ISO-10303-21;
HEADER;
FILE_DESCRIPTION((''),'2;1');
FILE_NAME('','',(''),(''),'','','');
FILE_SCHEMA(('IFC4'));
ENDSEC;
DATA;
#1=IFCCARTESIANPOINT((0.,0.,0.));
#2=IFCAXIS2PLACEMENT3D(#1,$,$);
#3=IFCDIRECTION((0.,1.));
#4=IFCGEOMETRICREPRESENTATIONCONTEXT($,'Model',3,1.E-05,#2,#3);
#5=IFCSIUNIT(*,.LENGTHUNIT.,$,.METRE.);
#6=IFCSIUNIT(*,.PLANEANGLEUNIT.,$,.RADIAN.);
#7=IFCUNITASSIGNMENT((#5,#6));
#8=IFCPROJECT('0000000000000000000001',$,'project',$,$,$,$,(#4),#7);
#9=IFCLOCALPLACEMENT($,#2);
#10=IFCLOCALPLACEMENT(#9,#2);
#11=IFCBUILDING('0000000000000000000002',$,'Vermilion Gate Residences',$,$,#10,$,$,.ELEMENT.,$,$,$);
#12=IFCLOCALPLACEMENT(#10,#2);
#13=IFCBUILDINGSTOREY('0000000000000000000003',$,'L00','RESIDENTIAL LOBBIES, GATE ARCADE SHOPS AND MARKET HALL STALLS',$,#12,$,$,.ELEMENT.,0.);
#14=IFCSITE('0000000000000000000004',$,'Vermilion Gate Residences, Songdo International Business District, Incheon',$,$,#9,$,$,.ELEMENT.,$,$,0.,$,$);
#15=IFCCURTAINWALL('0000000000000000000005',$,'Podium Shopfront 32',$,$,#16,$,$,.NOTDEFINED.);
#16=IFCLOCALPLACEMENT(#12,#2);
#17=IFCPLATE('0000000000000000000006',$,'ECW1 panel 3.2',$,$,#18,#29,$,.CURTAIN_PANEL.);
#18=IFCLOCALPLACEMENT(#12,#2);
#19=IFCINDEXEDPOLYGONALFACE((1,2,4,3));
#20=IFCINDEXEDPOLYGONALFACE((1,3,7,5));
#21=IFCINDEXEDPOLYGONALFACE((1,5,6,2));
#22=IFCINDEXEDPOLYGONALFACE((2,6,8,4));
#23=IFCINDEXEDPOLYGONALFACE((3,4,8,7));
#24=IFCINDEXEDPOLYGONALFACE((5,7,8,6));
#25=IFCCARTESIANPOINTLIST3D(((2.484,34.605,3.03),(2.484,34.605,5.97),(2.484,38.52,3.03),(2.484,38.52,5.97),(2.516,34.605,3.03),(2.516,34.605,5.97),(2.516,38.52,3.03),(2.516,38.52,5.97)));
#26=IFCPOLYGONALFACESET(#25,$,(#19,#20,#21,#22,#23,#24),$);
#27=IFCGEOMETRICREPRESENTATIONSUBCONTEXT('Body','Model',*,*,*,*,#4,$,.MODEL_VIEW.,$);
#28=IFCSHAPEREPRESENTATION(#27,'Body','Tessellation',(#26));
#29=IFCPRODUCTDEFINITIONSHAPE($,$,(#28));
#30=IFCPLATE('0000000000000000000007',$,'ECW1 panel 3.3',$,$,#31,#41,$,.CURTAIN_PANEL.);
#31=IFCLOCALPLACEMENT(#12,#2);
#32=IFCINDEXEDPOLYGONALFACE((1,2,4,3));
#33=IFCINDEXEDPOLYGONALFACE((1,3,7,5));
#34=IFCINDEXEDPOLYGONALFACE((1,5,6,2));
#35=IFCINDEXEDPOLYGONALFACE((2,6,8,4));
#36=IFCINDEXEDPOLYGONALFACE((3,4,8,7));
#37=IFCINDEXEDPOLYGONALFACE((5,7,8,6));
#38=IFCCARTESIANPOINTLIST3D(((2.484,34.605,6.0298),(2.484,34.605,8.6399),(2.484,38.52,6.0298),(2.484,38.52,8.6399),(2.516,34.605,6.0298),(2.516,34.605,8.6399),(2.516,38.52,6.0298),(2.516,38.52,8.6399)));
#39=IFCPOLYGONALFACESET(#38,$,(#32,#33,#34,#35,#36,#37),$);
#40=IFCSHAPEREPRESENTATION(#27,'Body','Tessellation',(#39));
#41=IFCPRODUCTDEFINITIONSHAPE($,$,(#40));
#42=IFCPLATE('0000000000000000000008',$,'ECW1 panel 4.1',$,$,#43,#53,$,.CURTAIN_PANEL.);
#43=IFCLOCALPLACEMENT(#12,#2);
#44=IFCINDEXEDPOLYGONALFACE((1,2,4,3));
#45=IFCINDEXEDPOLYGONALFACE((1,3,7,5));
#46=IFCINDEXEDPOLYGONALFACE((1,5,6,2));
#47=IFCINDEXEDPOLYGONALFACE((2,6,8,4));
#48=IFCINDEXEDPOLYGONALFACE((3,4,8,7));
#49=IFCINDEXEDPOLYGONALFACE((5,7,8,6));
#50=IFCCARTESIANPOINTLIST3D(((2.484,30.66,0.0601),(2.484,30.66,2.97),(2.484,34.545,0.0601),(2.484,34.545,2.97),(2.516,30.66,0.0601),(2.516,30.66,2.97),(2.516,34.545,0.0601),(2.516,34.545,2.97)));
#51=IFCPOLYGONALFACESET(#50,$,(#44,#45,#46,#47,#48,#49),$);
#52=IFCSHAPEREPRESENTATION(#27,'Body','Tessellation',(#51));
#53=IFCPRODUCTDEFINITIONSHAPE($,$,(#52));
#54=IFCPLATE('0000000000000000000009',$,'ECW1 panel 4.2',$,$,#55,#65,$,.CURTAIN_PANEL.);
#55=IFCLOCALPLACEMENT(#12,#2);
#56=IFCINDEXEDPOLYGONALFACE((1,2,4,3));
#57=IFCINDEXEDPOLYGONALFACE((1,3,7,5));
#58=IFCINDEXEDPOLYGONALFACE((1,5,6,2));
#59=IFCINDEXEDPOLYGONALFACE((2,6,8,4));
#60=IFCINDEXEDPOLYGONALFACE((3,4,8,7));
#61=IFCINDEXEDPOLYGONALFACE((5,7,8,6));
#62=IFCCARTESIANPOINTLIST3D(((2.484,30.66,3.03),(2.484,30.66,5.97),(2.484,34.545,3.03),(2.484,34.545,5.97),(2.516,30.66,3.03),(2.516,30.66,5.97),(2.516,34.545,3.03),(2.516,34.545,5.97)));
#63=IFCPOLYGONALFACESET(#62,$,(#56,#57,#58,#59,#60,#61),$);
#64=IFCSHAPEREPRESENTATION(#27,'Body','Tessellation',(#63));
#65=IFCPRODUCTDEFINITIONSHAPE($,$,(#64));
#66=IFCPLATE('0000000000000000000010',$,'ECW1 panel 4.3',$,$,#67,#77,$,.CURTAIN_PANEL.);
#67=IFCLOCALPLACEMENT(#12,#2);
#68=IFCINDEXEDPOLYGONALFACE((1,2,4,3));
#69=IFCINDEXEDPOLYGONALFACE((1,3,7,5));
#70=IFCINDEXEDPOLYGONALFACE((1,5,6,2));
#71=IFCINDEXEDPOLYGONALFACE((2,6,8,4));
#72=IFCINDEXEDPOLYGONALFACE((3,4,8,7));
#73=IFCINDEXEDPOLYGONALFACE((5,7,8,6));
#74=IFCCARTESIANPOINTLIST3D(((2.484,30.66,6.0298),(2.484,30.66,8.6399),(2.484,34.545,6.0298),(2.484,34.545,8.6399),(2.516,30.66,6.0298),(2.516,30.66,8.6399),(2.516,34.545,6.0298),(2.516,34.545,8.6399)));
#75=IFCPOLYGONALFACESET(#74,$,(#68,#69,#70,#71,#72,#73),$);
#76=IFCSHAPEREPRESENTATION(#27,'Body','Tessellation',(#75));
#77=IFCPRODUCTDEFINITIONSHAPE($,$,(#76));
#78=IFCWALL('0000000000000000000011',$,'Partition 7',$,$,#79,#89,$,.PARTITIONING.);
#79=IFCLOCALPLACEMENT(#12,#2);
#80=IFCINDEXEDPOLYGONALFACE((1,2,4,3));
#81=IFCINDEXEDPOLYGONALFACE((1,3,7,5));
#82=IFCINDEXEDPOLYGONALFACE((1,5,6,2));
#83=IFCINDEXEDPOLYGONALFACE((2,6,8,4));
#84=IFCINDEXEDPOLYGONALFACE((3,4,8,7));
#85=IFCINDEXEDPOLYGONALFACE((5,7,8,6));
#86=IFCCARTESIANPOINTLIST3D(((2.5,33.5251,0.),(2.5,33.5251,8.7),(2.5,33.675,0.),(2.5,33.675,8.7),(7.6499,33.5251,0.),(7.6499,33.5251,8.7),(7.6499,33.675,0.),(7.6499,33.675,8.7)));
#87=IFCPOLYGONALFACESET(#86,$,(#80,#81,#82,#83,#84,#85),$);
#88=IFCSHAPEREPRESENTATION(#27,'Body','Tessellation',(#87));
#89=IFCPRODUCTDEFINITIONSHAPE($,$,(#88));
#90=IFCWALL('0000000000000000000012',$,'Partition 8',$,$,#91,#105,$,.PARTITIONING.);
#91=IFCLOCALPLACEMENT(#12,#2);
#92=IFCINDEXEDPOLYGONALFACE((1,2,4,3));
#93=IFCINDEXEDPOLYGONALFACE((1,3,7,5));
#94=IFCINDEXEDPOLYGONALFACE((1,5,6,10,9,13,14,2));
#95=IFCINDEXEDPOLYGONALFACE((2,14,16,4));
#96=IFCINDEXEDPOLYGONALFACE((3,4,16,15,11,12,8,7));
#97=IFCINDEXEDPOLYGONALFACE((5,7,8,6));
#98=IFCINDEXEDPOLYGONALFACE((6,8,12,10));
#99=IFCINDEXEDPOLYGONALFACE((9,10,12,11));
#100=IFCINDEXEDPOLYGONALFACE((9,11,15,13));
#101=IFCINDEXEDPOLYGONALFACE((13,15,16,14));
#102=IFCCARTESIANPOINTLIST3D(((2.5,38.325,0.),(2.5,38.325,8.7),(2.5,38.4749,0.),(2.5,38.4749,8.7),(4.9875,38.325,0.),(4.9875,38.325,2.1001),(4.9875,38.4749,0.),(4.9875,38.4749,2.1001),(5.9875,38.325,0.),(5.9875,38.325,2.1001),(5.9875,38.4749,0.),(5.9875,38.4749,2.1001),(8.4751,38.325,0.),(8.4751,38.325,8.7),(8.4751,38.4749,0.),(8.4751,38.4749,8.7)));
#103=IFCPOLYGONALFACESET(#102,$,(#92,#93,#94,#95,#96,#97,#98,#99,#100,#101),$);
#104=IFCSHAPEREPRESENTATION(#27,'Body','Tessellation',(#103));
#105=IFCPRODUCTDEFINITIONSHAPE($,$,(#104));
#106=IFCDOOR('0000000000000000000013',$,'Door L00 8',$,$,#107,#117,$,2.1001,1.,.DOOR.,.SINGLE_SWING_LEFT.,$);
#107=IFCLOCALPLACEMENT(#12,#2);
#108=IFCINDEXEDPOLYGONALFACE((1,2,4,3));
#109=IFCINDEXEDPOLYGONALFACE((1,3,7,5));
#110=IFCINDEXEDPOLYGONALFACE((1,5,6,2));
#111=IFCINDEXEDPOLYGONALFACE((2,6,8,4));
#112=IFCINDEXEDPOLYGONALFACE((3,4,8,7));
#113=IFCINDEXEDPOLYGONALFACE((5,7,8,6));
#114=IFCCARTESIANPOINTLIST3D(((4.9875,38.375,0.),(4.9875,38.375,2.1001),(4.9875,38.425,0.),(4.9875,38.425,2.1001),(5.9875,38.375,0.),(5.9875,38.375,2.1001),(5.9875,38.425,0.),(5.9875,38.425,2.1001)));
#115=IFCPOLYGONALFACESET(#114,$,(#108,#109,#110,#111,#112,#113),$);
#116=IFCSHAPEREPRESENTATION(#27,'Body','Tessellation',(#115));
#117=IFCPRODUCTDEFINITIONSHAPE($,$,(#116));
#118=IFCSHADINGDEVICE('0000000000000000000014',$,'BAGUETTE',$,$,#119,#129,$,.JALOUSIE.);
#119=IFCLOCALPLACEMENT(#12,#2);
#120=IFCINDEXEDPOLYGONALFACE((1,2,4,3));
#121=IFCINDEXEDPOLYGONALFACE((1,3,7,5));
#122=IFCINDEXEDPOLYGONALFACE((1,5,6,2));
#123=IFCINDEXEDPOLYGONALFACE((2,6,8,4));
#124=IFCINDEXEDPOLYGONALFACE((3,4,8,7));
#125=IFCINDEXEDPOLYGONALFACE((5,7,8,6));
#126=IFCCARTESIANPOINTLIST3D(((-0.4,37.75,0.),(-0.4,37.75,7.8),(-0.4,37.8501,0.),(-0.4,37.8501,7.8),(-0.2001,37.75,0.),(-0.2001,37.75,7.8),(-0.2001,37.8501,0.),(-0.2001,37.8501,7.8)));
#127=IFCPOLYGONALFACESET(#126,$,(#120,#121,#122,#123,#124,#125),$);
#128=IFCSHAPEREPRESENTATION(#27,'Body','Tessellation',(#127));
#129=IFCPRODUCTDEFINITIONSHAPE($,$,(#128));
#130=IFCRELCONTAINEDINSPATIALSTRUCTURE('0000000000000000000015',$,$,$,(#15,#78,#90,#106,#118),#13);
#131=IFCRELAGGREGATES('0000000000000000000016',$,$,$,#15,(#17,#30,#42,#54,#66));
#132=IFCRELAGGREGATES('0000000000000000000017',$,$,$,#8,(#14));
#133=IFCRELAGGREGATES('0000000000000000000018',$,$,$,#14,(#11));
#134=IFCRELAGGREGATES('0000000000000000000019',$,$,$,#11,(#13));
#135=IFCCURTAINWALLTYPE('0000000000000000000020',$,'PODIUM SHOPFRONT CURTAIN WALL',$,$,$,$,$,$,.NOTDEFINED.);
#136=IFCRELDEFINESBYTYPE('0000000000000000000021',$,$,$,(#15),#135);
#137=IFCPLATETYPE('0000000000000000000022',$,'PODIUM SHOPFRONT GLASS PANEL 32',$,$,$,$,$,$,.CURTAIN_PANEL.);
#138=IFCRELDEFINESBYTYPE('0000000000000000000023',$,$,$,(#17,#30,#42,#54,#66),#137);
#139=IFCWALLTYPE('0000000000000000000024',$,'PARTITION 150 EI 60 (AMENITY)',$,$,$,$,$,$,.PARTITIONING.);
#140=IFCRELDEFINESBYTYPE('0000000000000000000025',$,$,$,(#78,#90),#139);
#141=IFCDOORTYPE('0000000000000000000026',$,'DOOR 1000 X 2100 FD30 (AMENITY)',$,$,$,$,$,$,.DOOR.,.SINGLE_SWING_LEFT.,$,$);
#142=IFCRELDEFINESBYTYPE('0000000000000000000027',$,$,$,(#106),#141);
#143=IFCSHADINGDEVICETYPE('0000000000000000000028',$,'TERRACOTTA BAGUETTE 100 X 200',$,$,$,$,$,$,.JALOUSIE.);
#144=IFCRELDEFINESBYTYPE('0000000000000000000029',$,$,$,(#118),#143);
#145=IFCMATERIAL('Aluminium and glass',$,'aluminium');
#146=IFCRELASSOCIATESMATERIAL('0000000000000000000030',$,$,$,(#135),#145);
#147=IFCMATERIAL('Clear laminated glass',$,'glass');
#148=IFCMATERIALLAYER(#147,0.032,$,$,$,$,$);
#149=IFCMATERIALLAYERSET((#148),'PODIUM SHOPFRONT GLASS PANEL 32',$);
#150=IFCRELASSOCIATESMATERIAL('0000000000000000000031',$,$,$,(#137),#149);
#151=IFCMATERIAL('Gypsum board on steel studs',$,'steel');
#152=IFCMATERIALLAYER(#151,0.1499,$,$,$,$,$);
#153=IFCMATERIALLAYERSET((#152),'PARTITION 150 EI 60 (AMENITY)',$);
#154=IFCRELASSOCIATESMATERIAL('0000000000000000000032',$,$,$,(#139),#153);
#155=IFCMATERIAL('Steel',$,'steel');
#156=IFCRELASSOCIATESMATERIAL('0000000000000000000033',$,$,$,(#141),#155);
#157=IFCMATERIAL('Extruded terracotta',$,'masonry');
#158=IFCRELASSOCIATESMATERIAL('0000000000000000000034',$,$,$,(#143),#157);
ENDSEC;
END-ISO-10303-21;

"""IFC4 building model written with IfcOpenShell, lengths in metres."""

from ifc_helpers import new_model, si_unit, direction, frame, frame_2d, origin, origin_2d, place, context, subcontext, project, spatial, rectangle, extrude, material, layer, layer_set, material_profile, profile_set, type_object, element, fill, aggregate, save


model = new_model("IFC4")

# Units and contexts
model_context = context("Model", 3, precision=1e-05, world=origin(), true_north=direction((0.0, 1.0)))
body_context = subcontext(model_context, "Body", "Model", "MODEL_VIEW")
ifc_project = project(units=[si_unit("LENGTHUNIT", "METRE"), si_unit("PLANEANGLEUNIT", "RADIAN")], contexts=[model_context])

# Site, building, storey
site_placement = place(None, origin())
site = spatial("IfcSite", under=ifc_project, at=site_placement, Name="Vermilion Gate Residences, Songdo International Business District, Incheon", CompositionType="ELEMENT", RefElevation=0.0)
building_placement = place(site_placement, origin())
building = spatial("IfcBuilding", under=site, at=building_placement, Name="Vermilion Gate Residences", CompositionType="ELEMENT")
storey_placement = place(building_placement, origin())
storey = spatial("IfcBuildingStorey", under=building, at=storey_placement, Name="L00", Description="RESIDENTIAL LOBBIES, GATE ARCADE SHOPS AND MARKET HALL STALLS", CompositionType="ELEMENT", Elevation=0.0)

# Curtain wall
ifc_material_1 = material(Name="Aluminium and glass", Category="aluminium")
curtain_wall_type = type_object("IfcCurtainWallType", Name="PODIUM SHOPFRONT CURTAIN WALL", PredefinedType="NOTDEFINED", material=ifc_material_1)
curtain_wall_placement = place(storey_placement, origin())
curtain_wall = element("IfcCurtainWall", 1, at=curtain_wall_placement, inside=storey, type_object=curtain_wall_type, Name="Podium Shopfront 32", PredefinedType="NOTDEFINED")

# Plates
ifc_material_2 = material(Name="Clear laminated glass", Category="glass")
ifc_layer_1 = layer(ifc_material_2, 0.032)
ifc_layer_set_1 = layer_set([ifc_layer_1], Name="PODIUM SHOPFRONT GLASS PANEL 32")
plate_type = type_object("IfcPlateType", Name="PODIUM SHOPFRONT GLASS PANEL 32", PredefinedType="CURTAIN_PANEL", material=ifc_layer_set_1)
plate_1_placement = place(storey_placement, frame((2.5, 36.5625, 3.03), z_axis=(0.0, 0.0, 1.0), x_axis=(0.0, -1.0, 0.0)))
plate_1 = element("IfcPlate", 2, at=plate_1_placement, type_object=plate_type, Name="ECW1 panel 3.2", PredefinedType="CURTAIN_PANEL", context=body_context, shape_type="SweptSolid", body=[
    extrude(rectangle(XDim=3.915, YDim=0.032, at=origin_2d()), origin(), (0.0, 0.0, 1.0), 2.9399),
])
plate_2_placement = place(storey_placement, frame((2.5, 36.5625, 6.0298), z_axis=(0.0, 0.0, 1.0), x_axis=(0.0, -1.0, 0.0)))
plate_2 = element("IfcPlate", 3, at=plate_2_placement, type_object=plate_type, Name="ECW1 panel 3.3", PredefinedType="CURTAIN_PANEL", context=body_context, shape_type="SweptSolid", body=[
    extrude(rectangle(XDim=3.915, YDim=0.032, at=origin_2d()), origin(), (0.0, 0.0, 1.0), 2.6101),
])
plate_3_placement = place(storey_placement, frame((2.5, 32.6025, 0.0601), z_axis=(0.0, 0.0, 1.0), x_axis=(0.0, -1.0, 0.0)))
plate_3 = element("IfcPlate", 4, at=plate_3_placement, type_object=plate_type, Name="ECW1 panel 4.1", PredefinedType="CURTAIN_PANEL", context=body_context, shape_type="SweptSolid", body=[
    extrude(rectangle(XDim=3.885, YDim=0.032, at=origin_2d()), origin(), (0.0, 0.0, 1.0), 2.9099),
])
plate_4_placement = place(storey_placement, frame((2.5, 32.6025, 3.03), z_axis=(0.0, 0.0, 1.0), x_axis=(0.0, -1.0, 0.0)))
plate_4 = element("IfcPlate", 5, at=plate_4_placement, type_object=plate_type, Name="ECW1 panel 4.2", PredefinedType="CURTAIN_PANEL", context=body_context, shape_type="SweptSolid", body=[
    extrude(rectangle(XDim=3.885, YDim=0.032, at=origin_2d()), origin(), (0.0, 0.0, 1.0), 2.9399),
])
plate_5_placement = place(storey_placement, frame((2.5, 32.6025, 6.0298), z_axis=(0.0, 0.0, 1.0), x_axis=(0.0, -1.0, 0.0)))
plate_5 = element("IfcPlate", 6, at=plate_5_placement, type_object=plate_type, Name="ECW1 panel 4.3", PredefinedType="CURTAIN_PANEL", context=body_context, shape_type="SweptSolid", body=[
    extrude(rectangle(XDim=3.885, YDim=0.032, at=origin_2d()), origin(), (0.0, 0.0, 1.0), 2.6101),
])
aggregate(curtain_wall, [plate_1, plate_2, plate_3, plate_4, plate_5])

# Wall
ifc_material_3 = material(Name="Gypsum board on steel studs", Category="steel")
ifc_layer_2 = layer(ifc_material_3, 0.1499)
ifc_layer_set_2 = layer_set([ifc_layer_2], Name="PARTITION 150 EI 60 (AMENITY)")
wall_type = type_object("IfcWallType", Name="PARTITION 150 EI 60 (AMENITY)", PredefinedType="PARTITIONING", material=ifc_layer_set_2)
wall_1_placement = place(storey_placement, frame((2.5, 33.6001, 0.0), z_axis=(0.0, 0.0, 1.0), x_axis=(1.0, 0.0, 0.0)))
element("IfcWall", 7, at=wall_1_placement, inside=storey, type_object=wall_type, Name="Partition 7", PredefinedType="PARTITIONING", context=body_context, shape_type="SweptSolid", body=[
    extrude(rectangle(XDim=5.1499, YDim=0.1499, at=frame_2d((2.575, 0.0))), origin(), (0.0, 0.0, 1.0), 8.7),
])

# Wall, opening, door
wall_2_placement = place(storey_placement, frame((2.5, 38.3999, 0.0), z_axis=(0.0, 0.0, 1.0), x_axis=(1.0, 0.0, 0.0)))
wall_2 = element("IfcWall", 8, at=wall_2_placement, inside=storey, type_object=wall_type, Name="Partition 8", PredefinedType="PARTITIONING", context=body_context, shape_type="SweptSolid", body=[
    extrude(rectangle(XDim=5.9751, YDim=0.1499, at=frame_2d((2.9875, 0.0))), origin(), (0.0, 0.0, 1.0), 8.7),
])
opening_placement = place(wall_2_placement, frame((2.4875, 0.0, 0.0)))
opening = element("IfcOpeningElement", 9, at=opening_placement, cuts=wall_2, PredefinedType="OPENING", context=body_context, shape_type="SweptSolid", body=[
    extrude(rectangle(XDim=1.0, YDim=2.1001, at=frame_2d((0.5, 1.05))), frame((0.0, 0.085, 0.0), z_axis=(0.0, -1.0, 0.0), x_axis=(1.0, 0.0, 0.0)), (0.0, 0.0, 1.0), 0.1699),
])
ifc_material_4 = material(Name="Steel", Category="steel")
door_type = type_object("IfcDoorType", Name="DOOR 1000 X 2100 FD30 (AMENITY)", OperationType="SINGLE_SWING_LEFT", PredefinedType="DOOR", material=ifc_material_4)
door_placement = place(opening_placement, frame((1.0, 0.0, 0.0), z_axis=(0.0, 0.0, 1.0), x_axis=(-1.0, 0.0, 0.0)))
door = element("IfcDoor", 10, at=door_placement, inside=storey, type_object=door_type, Name="Door L00 8", OperationType="SINGLE_SWING_LEFT", OverallHeight=2.1001, OverallWidth=1.0, PredefinedType="DOOR", context=body_context, shape_type="SweptSolid", body=[
    extrude(rectangle(XDim=1.0, YDim=2.1001, at=frame_2d((0.5, 1.05))), frame((0.0, 0.0249, 0.0), z_axis=(0.0, -1.0, 0.0), x_axis=(1.0, 0.0, 0.0)), (0.0, 0.0, 1.0), 0.05),
])
fill(opening, door)

# Shading device
ifc_material_5 = material(Name="Extruded terracotta", Category="masonry")
ifc_material_profile_1 = material_profile(ifc_material_5, rectangle(XDim=0.2, YDim=0.1001, at=origin_2d()), Name="BAGUETTE 100 X 200")
ifc_profile_set_1 = profile_set([ifc_material_profile_1], Name="Extruded terracotta")
shading_device_type = type_object("IfcShadingDeviceType", Name="TERRACOTTA BAGUETTE 100 X 200", PredefinedType="JALOUSIE", material=ifc_profile_set_1)
shading_device_placement = place(storey_placement, frame((-0.3, 37.8, 0.0), z_axis=(0.0, 0.0, 1.0), x_axis=(1.0, 0.0, 0.0)))
element("IfcShadingDevice", 11, at=shading_device_placement, inside=storey, type_object=shading_device_type, Name="BAGUETTE", PredefinedType="JALOUSIE", context=body_context, shape_type="SweptSolid", body=[
    extrude(rectangle(XDim=0.2, YDim=0.1001, at=origin_2d()), origin(), (0.0, 0.0, 1.0), 7.8),
])

save(model, "model.ifc")
